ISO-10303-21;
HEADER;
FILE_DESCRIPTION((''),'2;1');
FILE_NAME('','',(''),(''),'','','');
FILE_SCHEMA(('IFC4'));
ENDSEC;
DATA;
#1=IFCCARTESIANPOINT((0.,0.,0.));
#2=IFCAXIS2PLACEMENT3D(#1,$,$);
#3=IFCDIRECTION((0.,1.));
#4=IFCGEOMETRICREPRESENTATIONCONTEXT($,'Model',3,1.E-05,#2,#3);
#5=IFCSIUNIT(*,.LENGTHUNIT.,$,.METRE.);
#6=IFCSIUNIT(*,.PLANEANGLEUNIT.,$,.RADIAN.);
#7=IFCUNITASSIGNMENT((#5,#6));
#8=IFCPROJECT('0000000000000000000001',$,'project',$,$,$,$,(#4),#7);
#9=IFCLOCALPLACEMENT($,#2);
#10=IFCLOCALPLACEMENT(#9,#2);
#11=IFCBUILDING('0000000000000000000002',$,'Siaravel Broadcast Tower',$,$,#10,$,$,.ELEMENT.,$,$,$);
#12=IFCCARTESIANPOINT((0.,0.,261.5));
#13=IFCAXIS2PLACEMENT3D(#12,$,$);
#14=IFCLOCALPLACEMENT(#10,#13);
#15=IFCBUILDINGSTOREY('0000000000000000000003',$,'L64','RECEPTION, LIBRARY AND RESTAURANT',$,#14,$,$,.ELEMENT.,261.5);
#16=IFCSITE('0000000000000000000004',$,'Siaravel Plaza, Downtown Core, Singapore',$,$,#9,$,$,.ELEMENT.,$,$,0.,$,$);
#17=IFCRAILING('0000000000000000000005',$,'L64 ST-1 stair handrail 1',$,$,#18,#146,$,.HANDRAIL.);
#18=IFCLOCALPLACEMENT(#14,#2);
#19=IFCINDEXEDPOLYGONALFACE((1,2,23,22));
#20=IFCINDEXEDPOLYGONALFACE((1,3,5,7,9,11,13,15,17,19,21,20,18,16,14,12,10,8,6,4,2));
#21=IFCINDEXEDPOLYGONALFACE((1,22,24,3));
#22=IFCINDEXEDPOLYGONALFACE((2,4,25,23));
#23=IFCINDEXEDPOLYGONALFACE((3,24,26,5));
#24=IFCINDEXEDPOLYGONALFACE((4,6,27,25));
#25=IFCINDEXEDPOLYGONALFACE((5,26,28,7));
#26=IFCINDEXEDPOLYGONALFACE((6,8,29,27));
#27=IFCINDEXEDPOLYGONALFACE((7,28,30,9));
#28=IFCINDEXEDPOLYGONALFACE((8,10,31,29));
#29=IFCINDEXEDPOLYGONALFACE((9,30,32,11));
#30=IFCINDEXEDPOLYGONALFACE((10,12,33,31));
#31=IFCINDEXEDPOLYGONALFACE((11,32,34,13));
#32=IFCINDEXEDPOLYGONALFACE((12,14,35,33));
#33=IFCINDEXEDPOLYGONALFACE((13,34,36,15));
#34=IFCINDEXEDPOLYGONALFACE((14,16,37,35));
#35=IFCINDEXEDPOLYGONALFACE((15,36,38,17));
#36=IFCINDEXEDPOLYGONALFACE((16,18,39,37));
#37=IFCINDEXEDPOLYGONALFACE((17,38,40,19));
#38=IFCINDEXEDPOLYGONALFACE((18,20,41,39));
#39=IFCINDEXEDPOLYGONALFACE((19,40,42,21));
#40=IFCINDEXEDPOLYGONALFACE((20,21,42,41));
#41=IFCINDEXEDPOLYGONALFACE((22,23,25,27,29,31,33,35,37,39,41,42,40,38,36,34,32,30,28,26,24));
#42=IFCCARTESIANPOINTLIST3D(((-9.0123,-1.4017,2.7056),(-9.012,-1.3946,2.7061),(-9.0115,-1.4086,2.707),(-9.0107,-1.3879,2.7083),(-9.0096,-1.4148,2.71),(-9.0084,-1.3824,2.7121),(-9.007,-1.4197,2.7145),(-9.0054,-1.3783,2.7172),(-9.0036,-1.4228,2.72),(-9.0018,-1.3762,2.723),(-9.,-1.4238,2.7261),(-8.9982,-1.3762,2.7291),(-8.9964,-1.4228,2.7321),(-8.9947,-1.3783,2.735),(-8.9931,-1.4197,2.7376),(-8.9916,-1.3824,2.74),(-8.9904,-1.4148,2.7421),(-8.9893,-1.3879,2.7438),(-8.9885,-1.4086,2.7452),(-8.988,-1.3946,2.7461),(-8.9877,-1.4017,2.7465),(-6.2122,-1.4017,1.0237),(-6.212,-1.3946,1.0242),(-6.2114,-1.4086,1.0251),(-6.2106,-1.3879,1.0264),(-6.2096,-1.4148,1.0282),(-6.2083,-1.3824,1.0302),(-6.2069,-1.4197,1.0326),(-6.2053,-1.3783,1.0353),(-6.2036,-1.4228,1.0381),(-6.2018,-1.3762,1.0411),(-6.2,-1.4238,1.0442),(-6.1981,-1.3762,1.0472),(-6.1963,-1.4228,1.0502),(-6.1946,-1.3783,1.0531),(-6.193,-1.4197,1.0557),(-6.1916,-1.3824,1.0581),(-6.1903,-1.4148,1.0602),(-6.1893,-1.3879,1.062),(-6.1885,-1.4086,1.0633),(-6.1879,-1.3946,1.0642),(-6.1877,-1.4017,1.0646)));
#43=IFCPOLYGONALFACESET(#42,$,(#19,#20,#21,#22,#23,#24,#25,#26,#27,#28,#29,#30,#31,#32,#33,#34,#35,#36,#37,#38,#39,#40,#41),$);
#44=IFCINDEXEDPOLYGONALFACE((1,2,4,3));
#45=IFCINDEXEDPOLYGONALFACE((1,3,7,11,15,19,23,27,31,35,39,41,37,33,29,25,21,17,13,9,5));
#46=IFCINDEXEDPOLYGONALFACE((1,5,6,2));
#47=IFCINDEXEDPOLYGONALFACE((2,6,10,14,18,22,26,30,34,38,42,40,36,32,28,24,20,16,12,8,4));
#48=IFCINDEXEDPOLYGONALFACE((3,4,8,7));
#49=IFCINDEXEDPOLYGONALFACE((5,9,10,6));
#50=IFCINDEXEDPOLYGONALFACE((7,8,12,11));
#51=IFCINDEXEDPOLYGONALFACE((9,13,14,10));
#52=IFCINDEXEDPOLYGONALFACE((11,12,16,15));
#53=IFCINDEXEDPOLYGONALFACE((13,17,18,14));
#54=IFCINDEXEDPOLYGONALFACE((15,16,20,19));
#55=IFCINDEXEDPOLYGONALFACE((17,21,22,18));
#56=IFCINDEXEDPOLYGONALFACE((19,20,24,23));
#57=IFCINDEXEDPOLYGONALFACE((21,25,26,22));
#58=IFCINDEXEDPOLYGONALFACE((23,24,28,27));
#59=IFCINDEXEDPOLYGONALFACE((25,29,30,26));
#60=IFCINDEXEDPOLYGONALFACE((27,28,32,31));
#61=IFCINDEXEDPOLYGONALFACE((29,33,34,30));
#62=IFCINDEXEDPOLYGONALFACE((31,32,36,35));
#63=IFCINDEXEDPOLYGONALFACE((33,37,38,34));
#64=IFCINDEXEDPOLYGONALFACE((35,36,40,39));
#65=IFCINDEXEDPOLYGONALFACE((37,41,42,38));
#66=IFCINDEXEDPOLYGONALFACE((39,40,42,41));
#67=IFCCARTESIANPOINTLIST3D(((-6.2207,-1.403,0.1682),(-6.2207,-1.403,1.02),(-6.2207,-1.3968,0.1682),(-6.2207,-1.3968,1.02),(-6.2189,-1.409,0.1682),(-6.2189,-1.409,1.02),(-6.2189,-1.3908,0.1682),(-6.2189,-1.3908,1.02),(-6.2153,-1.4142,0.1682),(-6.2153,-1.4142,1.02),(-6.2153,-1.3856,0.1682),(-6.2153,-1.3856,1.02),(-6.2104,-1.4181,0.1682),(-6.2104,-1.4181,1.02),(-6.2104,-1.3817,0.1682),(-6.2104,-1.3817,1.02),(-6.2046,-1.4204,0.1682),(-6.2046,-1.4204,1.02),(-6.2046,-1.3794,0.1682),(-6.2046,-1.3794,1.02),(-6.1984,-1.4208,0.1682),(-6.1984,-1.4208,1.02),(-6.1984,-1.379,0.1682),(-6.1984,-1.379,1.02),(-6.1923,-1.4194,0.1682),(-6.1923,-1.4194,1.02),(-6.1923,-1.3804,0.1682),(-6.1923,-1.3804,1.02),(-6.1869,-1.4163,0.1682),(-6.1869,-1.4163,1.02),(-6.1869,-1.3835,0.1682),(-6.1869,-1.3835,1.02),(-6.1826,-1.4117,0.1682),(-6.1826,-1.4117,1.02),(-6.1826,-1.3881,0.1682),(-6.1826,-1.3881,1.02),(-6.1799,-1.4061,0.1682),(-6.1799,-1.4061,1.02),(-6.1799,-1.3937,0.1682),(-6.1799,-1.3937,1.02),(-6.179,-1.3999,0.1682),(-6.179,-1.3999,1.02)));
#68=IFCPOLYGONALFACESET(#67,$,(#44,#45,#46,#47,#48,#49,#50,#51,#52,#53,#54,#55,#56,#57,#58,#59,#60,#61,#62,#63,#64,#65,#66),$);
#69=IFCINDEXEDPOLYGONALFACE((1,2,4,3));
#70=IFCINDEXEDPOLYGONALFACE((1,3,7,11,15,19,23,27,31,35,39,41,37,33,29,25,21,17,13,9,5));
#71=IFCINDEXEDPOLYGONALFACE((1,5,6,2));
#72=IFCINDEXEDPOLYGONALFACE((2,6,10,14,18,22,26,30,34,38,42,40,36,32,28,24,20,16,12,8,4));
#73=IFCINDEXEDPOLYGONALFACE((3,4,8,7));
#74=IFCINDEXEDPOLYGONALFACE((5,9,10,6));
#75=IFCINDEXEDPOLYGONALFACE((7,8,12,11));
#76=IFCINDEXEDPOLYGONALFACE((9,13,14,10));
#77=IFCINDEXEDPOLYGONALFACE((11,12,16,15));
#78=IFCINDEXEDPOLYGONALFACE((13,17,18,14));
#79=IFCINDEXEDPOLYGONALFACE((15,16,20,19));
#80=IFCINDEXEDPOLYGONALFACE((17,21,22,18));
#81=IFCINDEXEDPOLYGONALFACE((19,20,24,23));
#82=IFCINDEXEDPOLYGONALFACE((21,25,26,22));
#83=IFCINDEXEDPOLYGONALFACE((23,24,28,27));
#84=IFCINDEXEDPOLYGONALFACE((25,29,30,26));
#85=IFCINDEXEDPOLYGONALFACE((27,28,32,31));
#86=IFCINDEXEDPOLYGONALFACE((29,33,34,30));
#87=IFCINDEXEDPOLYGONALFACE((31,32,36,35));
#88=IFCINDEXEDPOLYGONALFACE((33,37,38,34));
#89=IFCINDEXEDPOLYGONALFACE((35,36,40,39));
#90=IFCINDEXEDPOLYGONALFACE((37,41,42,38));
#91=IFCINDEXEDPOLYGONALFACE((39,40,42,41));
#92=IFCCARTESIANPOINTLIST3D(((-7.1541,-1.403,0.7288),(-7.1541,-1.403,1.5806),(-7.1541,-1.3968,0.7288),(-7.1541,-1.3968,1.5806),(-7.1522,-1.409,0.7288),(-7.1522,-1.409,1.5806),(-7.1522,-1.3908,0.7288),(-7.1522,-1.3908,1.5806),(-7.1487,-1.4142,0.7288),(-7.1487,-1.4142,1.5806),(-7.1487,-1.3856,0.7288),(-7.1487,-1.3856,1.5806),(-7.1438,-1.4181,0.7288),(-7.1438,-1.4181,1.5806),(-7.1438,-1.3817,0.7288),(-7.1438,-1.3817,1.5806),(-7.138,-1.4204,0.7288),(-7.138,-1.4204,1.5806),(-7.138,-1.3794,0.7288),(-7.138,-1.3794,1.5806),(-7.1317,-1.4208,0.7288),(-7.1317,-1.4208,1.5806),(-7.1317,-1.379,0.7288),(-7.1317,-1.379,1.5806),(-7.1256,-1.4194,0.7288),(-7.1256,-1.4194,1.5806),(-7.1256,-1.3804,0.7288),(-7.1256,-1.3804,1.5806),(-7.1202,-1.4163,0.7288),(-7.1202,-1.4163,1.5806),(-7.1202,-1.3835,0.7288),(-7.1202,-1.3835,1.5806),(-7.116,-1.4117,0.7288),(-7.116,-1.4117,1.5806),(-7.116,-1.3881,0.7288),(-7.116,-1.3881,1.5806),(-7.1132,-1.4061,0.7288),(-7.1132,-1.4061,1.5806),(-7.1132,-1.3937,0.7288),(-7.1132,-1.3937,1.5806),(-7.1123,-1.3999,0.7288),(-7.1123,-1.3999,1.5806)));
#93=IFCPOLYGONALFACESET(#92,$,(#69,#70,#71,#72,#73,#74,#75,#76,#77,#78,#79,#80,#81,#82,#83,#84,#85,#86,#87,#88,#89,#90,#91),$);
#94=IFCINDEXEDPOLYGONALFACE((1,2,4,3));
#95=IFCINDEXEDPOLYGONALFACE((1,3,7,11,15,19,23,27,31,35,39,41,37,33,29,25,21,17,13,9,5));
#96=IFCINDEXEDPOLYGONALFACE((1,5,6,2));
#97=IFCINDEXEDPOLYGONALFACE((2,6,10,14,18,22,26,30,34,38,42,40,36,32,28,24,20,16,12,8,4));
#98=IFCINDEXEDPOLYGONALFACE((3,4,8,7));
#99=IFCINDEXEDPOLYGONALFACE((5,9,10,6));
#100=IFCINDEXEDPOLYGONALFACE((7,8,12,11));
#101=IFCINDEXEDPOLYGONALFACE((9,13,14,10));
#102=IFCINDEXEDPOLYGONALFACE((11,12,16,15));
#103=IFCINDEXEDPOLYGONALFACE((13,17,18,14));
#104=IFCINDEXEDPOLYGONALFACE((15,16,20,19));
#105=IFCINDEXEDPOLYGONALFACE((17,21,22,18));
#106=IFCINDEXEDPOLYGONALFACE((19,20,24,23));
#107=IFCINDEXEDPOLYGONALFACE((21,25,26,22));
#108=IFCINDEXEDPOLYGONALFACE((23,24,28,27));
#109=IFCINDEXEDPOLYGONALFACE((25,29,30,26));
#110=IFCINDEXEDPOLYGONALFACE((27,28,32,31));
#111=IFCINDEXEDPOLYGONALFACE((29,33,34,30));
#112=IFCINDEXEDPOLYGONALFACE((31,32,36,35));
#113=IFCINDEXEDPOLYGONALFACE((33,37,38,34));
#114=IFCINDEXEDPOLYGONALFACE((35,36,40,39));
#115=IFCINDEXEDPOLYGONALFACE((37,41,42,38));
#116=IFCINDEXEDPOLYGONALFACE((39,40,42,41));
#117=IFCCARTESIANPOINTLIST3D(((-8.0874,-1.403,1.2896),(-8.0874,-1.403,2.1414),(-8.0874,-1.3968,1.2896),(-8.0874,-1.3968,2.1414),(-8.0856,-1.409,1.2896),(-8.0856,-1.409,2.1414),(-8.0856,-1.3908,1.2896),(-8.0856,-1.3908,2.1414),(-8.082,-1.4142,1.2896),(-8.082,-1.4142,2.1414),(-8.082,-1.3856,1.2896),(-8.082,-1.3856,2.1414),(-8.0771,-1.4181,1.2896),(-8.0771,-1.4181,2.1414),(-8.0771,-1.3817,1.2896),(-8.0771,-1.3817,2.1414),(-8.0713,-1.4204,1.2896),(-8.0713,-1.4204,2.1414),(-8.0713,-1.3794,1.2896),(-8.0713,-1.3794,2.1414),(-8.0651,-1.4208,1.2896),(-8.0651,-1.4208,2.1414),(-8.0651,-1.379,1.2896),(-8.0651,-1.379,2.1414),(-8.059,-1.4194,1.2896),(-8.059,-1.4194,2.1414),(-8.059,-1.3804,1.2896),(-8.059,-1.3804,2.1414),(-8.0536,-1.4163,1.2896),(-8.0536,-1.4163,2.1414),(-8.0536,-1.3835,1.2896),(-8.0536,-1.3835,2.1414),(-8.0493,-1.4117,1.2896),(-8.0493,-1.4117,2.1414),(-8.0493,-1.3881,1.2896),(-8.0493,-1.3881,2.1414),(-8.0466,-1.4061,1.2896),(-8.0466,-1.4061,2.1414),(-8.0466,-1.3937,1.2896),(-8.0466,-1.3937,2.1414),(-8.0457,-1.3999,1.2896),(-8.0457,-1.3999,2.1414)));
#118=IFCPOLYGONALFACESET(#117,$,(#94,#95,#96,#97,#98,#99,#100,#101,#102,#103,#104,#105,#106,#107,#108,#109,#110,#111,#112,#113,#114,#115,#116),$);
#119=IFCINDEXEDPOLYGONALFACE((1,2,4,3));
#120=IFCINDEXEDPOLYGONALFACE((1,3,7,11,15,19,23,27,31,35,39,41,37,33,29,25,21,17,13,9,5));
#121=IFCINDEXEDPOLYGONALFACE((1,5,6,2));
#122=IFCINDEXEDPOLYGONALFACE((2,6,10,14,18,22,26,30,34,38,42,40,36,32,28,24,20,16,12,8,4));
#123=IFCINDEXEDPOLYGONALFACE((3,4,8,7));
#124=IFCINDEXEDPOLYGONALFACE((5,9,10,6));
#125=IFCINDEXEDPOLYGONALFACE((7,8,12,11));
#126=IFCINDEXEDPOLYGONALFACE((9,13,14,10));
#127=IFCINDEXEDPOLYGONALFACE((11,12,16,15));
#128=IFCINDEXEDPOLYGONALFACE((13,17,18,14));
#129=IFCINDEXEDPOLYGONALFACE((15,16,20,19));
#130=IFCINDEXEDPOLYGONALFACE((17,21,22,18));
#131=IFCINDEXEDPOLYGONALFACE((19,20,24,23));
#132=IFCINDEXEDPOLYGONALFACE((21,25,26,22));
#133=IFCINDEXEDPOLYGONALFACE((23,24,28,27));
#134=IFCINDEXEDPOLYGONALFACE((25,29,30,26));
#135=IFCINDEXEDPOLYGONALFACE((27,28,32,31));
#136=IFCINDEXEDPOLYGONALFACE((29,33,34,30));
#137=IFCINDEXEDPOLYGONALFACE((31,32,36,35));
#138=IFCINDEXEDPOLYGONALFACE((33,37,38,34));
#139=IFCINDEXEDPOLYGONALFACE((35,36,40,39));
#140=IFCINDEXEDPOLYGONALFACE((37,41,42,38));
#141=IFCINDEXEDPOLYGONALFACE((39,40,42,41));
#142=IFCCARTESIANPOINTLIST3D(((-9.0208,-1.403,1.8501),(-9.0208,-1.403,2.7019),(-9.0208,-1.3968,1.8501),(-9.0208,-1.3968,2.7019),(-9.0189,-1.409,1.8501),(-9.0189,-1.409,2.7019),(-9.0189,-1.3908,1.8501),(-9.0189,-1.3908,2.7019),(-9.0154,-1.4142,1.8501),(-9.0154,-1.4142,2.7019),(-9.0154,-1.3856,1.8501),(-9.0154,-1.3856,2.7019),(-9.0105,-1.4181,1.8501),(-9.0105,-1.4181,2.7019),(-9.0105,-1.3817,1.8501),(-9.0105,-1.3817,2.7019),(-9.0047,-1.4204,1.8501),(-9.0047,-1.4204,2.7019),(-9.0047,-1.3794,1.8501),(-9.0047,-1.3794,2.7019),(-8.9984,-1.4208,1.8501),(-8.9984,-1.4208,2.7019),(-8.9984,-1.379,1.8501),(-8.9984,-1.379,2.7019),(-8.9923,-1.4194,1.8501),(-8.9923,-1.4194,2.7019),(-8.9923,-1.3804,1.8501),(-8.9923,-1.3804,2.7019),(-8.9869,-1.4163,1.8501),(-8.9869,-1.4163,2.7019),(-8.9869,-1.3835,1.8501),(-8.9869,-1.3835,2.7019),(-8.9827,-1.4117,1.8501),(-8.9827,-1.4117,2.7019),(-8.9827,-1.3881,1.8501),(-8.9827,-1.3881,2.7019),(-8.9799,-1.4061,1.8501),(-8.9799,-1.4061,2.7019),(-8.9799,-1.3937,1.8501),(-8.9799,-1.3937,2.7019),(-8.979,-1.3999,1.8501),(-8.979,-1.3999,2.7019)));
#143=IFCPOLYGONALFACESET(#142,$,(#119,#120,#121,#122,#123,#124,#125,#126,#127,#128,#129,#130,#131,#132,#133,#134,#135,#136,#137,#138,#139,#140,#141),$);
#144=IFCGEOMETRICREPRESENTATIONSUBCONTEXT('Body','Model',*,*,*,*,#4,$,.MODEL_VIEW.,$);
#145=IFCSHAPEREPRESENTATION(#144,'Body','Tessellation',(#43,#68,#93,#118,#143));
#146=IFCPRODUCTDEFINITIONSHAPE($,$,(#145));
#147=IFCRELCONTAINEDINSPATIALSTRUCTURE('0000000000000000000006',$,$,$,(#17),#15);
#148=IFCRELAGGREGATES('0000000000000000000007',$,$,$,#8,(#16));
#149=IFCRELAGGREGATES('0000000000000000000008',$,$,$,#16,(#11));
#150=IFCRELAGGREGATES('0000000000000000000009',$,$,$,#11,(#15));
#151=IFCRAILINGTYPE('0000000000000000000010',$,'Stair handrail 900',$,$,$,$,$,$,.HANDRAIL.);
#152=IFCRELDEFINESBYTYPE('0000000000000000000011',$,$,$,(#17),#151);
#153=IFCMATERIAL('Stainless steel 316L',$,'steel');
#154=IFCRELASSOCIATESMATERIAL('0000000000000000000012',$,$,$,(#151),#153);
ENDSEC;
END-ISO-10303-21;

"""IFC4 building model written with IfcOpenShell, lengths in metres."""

from ifc_helpers import new_model, si_unit, direction, frame, origin, origin_2d, place, context, subcontext, project, spatial, circle, extrude, material, type_object, element, save


model = new_model("IFC4")

# Units and contexts
model_context = context("Model", 3, precision=1e-05, world=origin(), true_north=direction((0.0, 1.0)))
body_context = subcontext(model_context, "Body", "Model", "MODEL_VIEW")
ifc_project = project(units=[si_unit("LENGTHUNIT", "METRE"), si_unit("PLANEANGLEUNIT", "RADIAN")], contexts=[model_context])

# Site, building, storey
site_placement = place(None, origin())
site = spatial("IfcSite", under=ifc_project, at=site_placement, Name="Siaravel Plaza, Downtown Core, Singapore", CompositionType="ELEMENT", RefElevation=0.0)
building_placement = place(site_placement, origin())
building = spatial("IfcBuilding", under=site, at=building_placement, Name="Siaravel Broadcast Tower", CompositionType="ELEMENT")
storey_placement = place(building_placement, frame((0.0, 0.0, 261.5)))
storey = spatial("IfcBuildingStorey", under=building, at=storey_placement, Name="L64", Description="RECEPTION, LIBRARY AND RESTAURANT", CompositionType="ELEMENT", Elevation=261.5)

# Shared definitions
ifc_material_1 = material(Name="Stainless steel 316L", Category="steel")

# Railing
railing_type_1 = type_object("IfcRailingType", Name="Stair handrail 900", PredefinedType="HANDRAIL", material=ifc_material_1)
railing_1_placement = place(storey_placement, frame((-6.2, -1.3999, 0.1682)))
element("IfcRailing", 1, at=railing_1_placement, inside=storey, type_object=railing_type_1, Name="L64 ST-1 stair handrail 1", PredefinedType="HANDRAIL", context=body_context, shape_type="SweptSolid", body=[
    extrude(circle(Radius=0.0239, at=origin_2d()), frame((0.0, 0.0, 0.876), z_axis=(-0.857242, 0.0, 0.514913), x_axis=(0.0, -1.0, 0.0)), (0.0, 0.0, 1.0), 3.2664),
    extrude(circle(Radius=0.021, at=origin_2d()), origin(), (0.0, 0.0, 1.0), 0.8518),
    extrude(circle(Radius=0.021, at=origin_2d()), frame((-0.9333, 0.0, 0.5605)), (0.0, 0.0, 1.0), 0.8518),
    extrude(circle(Radius=0.021, at=origin_2d()), frame((-1.8667, 0.0, 1.1213)), (0.0, 0.0, 1.0), 0.8518),
    extrude(circle(Radius=0.021, at=origin_2d()), frame((-2.8, 0.0, 1.6819)), (0.0, 0.0, 1.0), 0.8518),
])

save(model, "model.ifc")
